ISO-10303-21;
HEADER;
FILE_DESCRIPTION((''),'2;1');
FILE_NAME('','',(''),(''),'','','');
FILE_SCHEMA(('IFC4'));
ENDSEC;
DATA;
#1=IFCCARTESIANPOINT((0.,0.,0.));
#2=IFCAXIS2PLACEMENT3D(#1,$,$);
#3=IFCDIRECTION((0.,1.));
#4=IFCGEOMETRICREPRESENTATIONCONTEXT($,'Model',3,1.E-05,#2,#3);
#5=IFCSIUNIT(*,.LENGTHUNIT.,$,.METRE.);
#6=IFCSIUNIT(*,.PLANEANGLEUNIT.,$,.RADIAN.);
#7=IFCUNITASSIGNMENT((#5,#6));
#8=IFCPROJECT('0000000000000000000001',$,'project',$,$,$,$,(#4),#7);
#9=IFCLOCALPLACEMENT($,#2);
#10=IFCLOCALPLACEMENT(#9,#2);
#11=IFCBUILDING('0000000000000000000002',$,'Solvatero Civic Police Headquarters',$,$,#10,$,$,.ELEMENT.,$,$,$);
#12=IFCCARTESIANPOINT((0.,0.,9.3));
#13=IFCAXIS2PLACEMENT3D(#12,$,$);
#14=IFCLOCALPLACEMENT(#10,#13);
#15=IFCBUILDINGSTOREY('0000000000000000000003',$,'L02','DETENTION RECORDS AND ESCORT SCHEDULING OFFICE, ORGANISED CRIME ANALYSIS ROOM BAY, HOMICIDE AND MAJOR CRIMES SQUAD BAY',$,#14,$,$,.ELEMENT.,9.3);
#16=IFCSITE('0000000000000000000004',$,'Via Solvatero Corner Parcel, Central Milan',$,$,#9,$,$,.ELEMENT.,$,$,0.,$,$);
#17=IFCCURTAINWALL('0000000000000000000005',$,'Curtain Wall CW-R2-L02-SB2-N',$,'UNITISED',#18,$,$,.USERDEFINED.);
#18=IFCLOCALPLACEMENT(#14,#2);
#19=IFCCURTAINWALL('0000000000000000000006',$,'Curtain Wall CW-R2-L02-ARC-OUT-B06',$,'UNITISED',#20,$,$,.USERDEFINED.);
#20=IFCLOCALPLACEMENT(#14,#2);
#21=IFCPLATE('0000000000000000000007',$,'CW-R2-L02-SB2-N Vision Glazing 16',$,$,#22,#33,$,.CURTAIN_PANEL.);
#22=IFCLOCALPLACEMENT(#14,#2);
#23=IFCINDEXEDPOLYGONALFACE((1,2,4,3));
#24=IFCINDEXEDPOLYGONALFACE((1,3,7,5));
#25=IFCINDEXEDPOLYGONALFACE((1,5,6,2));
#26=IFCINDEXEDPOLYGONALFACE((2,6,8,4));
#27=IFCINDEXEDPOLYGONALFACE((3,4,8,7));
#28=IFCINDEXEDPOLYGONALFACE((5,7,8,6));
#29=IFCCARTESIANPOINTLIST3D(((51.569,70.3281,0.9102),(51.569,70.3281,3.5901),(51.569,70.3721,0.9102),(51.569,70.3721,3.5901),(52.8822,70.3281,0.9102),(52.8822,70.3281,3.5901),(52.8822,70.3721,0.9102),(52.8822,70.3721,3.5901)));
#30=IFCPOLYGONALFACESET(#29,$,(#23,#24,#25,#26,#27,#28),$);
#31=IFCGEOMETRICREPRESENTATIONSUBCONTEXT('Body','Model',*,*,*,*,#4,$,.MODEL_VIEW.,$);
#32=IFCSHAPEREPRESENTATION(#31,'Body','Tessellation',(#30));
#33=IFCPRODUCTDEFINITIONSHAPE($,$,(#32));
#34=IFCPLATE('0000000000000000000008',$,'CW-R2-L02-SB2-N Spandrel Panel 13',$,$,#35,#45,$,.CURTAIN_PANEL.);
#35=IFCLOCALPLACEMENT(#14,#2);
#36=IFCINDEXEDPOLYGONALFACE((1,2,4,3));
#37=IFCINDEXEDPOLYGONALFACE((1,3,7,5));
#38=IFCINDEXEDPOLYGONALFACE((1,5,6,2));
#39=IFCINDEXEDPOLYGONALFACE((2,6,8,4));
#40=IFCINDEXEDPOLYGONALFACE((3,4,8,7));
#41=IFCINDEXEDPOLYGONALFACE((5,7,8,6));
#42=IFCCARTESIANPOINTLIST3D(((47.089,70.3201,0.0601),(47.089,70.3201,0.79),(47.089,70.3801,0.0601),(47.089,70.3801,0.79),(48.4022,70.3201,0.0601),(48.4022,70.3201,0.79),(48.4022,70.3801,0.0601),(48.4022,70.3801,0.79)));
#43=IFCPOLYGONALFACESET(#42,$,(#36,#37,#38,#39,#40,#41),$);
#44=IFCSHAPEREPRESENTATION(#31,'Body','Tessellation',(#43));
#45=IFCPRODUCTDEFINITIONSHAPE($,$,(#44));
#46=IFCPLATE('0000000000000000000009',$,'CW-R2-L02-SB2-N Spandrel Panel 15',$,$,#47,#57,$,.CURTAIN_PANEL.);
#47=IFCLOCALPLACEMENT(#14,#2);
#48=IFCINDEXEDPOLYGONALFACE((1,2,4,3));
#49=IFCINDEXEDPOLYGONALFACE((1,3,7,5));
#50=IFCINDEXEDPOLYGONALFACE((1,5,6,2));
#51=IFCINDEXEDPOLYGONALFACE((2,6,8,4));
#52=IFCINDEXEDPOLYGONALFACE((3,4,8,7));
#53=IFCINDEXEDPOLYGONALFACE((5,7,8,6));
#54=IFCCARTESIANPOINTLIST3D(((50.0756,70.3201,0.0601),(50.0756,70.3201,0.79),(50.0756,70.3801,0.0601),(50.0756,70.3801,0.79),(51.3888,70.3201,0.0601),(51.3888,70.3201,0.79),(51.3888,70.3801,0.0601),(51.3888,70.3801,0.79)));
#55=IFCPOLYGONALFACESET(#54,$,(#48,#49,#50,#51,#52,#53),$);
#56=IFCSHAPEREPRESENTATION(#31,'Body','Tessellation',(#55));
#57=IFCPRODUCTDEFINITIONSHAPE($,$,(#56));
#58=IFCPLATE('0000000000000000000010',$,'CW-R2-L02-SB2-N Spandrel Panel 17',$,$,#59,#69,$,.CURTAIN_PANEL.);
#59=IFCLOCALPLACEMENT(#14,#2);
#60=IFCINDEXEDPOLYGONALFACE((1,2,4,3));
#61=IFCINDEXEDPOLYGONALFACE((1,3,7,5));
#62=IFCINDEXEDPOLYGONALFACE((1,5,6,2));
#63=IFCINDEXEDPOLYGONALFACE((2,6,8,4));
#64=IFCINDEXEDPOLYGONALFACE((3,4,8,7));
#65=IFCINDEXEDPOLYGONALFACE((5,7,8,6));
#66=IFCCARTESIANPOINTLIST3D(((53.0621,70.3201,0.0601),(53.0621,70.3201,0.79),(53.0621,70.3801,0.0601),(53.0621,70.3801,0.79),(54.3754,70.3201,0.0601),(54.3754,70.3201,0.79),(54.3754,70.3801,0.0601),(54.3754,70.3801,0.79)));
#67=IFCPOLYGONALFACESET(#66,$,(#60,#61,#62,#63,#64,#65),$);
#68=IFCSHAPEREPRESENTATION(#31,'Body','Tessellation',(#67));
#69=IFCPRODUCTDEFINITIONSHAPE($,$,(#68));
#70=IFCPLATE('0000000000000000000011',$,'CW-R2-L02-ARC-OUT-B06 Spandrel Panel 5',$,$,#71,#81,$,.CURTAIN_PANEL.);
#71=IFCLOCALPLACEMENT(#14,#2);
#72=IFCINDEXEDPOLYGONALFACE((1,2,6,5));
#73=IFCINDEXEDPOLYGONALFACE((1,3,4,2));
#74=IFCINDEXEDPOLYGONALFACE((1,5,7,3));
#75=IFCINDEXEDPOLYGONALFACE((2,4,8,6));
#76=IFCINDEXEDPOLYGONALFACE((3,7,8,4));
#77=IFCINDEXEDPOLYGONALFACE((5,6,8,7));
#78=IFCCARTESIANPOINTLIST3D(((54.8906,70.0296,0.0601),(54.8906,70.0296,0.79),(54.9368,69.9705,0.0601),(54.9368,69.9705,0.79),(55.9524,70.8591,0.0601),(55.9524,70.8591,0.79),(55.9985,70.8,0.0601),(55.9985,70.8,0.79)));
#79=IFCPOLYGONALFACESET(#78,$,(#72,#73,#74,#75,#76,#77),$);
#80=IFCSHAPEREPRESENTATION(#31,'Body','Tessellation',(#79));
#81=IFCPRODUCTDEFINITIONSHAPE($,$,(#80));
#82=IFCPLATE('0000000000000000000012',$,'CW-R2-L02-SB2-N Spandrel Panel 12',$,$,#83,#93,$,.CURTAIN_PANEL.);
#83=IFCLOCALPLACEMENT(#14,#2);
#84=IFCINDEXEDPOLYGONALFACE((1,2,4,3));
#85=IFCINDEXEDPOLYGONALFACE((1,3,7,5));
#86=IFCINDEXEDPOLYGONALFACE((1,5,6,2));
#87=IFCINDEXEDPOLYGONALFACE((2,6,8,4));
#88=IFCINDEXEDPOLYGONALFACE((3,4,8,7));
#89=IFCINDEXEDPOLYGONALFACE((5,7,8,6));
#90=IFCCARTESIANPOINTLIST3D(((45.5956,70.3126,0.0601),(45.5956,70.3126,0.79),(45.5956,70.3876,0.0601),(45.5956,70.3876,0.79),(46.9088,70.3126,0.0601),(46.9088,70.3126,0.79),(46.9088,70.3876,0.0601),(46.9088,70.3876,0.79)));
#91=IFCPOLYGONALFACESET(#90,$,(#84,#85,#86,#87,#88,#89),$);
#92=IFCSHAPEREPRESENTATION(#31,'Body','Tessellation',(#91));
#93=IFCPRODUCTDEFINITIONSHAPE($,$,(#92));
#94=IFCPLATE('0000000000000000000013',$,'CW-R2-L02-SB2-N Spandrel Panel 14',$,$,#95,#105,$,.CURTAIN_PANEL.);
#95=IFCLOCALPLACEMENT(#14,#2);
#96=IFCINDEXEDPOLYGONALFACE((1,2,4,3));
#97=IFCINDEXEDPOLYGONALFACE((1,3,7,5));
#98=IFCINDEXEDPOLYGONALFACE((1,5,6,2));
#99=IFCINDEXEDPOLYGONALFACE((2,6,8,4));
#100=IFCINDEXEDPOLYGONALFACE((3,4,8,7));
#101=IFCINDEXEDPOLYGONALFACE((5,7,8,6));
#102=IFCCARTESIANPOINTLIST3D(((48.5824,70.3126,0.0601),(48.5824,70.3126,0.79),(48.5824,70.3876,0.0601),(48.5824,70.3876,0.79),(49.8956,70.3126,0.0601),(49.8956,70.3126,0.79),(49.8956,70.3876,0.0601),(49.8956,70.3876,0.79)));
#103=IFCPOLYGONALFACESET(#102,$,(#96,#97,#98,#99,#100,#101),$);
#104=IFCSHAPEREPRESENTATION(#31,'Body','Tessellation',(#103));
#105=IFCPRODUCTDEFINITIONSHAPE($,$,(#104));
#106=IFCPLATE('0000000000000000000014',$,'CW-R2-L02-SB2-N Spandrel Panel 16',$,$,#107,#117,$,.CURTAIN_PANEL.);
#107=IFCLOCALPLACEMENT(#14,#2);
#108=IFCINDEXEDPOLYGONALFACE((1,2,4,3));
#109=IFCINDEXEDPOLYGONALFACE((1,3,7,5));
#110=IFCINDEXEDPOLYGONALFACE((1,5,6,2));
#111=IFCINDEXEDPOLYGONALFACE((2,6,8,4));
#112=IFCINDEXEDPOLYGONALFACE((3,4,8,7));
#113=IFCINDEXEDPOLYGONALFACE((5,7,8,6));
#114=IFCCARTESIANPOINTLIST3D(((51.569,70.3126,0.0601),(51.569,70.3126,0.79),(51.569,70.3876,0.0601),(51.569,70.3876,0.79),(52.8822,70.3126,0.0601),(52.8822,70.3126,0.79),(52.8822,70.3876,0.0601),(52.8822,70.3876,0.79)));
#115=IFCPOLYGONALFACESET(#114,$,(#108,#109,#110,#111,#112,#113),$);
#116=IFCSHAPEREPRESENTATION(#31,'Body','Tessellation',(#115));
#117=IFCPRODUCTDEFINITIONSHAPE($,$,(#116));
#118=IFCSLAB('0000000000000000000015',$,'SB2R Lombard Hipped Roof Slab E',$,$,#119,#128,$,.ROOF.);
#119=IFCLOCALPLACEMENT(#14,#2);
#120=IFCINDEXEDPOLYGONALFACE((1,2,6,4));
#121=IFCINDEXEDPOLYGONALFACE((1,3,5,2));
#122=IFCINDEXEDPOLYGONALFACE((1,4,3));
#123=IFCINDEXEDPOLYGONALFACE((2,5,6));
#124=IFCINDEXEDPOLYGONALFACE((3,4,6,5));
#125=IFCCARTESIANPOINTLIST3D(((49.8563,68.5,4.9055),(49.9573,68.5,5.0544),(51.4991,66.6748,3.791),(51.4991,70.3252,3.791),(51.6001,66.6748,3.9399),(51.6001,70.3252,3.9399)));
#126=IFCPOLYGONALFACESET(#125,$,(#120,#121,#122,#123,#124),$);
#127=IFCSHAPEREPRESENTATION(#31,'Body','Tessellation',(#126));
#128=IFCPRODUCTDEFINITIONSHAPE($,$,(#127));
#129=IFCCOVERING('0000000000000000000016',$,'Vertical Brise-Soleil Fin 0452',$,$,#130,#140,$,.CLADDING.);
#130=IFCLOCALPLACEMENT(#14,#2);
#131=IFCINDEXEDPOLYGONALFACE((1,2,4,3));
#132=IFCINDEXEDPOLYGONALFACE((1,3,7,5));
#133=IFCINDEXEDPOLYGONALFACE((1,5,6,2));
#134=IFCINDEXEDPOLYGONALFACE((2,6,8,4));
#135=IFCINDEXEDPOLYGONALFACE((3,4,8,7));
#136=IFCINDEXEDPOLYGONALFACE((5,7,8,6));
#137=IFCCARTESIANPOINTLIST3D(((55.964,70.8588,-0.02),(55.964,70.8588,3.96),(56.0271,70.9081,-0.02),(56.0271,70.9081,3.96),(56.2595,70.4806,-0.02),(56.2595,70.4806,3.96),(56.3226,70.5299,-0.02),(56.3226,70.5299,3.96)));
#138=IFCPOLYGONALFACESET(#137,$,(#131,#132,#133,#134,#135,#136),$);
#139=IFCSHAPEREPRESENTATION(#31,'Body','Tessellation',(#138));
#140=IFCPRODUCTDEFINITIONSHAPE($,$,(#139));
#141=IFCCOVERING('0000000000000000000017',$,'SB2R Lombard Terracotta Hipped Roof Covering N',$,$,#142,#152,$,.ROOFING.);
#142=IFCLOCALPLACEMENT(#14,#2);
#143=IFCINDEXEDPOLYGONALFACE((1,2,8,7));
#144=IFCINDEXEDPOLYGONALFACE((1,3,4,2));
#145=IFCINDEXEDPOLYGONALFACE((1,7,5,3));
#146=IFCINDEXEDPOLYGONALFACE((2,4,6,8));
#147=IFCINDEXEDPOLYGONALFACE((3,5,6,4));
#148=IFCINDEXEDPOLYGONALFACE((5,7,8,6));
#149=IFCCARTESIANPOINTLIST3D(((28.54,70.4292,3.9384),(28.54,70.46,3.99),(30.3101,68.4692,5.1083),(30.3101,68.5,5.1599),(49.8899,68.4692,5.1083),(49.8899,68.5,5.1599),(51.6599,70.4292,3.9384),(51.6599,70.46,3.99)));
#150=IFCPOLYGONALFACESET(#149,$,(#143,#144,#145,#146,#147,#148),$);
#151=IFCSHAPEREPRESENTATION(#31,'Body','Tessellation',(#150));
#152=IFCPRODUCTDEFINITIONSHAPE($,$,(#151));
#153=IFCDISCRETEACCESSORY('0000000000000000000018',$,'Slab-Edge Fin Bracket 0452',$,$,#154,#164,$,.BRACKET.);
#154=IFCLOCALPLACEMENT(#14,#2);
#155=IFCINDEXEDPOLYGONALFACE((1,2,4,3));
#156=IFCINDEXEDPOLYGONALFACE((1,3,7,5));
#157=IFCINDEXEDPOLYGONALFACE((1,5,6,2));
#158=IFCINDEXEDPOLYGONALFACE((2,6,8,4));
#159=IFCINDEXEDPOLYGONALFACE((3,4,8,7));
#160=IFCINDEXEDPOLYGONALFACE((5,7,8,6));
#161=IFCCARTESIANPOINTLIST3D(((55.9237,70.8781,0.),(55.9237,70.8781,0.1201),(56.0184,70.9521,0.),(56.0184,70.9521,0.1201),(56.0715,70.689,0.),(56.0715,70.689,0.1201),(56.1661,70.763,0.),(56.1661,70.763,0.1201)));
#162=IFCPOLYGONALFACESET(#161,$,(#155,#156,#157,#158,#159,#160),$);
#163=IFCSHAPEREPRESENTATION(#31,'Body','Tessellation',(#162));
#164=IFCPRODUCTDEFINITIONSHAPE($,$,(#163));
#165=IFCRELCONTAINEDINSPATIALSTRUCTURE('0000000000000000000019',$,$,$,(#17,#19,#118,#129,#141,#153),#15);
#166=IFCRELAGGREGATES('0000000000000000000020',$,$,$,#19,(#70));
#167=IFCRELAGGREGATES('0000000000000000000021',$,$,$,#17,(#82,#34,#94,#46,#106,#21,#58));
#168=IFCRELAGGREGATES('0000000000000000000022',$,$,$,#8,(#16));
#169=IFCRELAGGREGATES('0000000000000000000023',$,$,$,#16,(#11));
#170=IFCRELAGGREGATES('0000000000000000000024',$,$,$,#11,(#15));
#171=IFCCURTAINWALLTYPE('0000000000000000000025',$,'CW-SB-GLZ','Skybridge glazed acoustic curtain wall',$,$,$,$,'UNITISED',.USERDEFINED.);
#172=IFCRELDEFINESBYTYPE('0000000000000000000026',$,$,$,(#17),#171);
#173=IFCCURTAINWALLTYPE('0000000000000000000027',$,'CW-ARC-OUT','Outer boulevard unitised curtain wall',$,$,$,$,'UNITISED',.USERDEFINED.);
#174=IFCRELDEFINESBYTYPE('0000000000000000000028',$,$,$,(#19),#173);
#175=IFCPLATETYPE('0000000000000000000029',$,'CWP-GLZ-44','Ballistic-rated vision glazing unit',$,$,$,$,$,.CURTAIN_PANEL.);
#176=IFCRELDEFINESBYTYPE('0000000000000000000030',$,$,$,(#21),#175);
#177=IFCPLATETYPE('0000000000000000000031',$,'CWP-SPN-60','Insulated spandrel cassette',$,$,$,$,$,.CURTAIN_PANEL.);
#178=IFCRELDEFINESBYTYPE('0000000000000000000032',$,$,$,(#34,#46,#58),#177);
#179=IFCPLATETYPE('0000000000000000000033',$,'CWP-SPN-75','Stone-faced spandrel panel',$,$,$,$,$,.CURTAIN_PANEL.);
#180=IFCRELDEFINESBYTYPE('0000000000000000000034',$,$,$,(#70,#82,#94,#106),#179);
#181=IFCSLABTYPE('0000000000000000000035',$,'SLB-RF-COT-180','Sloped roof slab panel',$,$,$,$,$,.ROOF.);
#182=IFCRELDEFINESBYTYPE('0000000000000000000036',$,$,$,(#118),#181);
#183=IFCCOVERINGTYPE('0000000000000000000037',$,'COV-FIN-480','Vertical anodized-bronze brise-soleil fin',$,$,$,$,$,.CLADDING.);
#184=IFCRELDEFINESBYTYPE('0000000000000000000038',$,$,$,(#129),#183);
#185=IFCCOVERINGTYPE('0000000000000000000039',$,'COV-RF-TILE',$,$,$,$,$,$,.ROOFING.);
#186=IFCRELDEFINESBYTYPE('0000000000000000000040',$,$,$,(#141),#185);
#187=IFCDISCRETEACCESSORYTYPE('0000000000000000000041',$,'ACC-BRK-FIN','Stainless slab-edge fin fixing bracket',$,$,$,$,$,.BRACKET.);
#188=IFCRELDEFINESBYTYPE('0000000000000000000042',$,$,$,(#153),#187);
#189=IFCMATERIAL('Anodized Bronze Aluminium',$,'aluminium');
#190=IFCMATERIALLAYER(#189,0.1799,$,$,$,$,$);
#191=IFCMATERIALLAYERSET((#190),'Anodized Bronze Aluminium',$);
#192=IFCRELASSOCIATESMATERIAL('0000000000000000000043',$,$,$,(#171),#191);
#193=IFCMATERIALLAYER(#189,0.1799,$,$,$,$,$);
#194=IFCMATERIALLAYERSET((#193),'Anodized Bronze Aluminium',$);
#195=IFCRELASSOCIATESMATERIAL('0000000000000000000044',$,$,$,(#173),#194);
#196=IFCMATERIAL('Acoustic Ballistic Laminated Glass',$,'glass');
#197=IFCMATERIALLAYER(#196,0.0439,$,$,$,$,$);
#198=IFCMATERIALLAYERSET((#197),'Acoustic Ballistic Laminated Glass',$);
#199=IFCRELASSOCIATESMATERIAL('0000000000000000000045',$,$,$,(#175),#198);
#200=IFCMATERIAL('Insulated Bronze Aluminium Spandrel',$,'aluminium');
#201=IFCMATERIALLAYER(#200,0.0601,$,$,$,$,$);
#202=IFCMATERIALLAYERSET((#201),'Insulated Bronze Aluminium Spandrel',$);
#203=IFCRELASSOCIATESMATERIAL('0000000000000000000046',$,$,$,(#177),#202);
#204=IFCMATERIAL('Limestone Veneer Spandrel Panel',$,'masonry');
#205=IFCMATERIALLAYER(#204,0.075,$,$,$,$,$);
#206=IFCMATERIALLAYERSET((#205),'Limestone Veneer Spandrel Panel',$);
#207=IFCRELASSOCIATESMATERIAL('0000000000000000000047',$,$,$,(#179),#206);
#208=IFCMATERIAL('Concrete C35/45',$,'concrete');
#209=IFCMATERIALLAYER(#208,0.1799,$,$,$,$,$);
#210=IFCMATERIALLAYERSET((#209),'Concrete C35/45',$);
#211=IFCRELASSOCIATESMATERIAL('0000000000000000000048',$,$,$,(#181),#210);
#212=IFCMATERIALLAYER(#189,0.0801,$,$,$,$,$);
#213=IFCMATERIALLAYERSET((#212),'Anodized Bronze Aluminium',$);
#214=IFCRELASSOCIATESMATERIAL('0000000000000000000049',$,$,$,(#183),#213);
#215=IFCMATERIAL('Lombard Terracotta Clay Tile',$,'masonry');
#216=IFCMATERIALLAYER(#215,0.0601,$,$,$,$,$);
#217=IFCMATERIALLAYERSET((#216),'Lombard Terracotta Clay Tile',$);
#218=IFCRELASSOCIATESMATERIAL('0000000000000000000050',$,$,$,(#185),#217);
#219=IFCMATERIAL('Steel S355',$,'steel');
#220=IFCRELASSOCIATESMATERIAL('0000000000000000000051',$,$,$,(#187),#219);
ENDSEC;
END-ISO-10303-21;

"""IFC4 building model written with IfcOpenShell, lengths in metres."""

from ifc_helpers import new_model, si_unit, direction, frame, origin, origin_2d, place, context, subcontext, project, spatial, polyline, rectangle, outline, extrude, material, layer, layer_set, type_object, element, aggregate, save


model = new_model("IFC4")

# Units and contexts
model_context = context("Model", 3, precision=1e-05, world=origin(), true_north=direction((0.0, 1.0)))
body_context = subcontext(model_context, "Body", "Model", "MODEL_VIEW")
ifc_project = project(units=[si_unit("LENGTHUNIT", "METRE"), si_unit("PLANEANGLEUNIT", "RADIAN")], contexts=[model_context])

# Site, building, storey
site_placement = place(None, origin())
site = spatial("IfcSite", under=ifc_project, at=site_placement, Name="Via Solvatero Corner Parcel, Central Milan", CompositionType="ELEMENT", RefElevation=0.0)
building_placement = place(site_placement, origin())
building = spatial("IfcBuilding", under=site, at=building_placement, Name="Solvatero Civic Police Headquarters", CompositionType="ELEMENT")
storey_placement = place(building_placement, frame((0.0, 0.0, 9.3)))
storey = spatial("IfcBuildingStorey", under=building, at=storey_placement, Name="L02", Description="DETENTION RECORDS AND ESCORT SCHEDULING OFFICE, ORGANISED CRIME ANALYSIS ROOM BAY, HOMICIDE AND MAJOR CRIMES SQUAD BAY", CompositionType="ELEMENT", Elevation=9.3)

# Curtain wall
ifc_material_1 = material(Name="Anodized Bronze Aluminium", Category="aluminium")
ifc_layer_1 = layer(ifc_material_1, 0.1799)
ifc_layer_set_1 = layer_set([ifc_layer_1], Name="Anodized Bronze Aluminium")
curtain_wall_type_1 = type_object("IfcCurtainWallType", Name="CW-SB-GLZ", Description="Skybridge glazed acoustic curtain wall", ElementType="UNITISED", PredefinedType="USERDEFINED", material=ifc_layer_set_1)
curtain_wall_1_placement = place(storey_placement, origin())
curtain_wall_1 = element("IfcCurtainWall", 1, at=curtain_wall_1_placement, inside=storey, type_object=curtain_wall_type_1, Name="Curtain Wall CW-R2-L02-SB2-N", ObjectType="UNITISED", PredefinedType="USERDEFINED")

# Curtain wall
ifc_layer_2 = layer(ifc_material_1, 0.1799)
ifc_layer_set_2 = layer_set([ifc_layer_2], Name="Anodized Bronze Aluminium")
curtain_wall_type_2 = type_object("IfcCurtainWallType", Name="CW-ARC-OUT", Description="Outer boulevard unitised curtain wall", ElementType="UNITISED", PredefinedType="USERDEFINED", material=ifc_layer_set_2)
curtain_wall_2_placement = place(storey_placement, origin())
curtain_wall_2 = element("IfcCurtainWall", 2, at=curtain_wall_2_placement, inside=storey, type_object=curtain_wall_type_2, Name="Curtain Wall CW-R2-L02-ARC-OUT-B06", ObjectType="UNITISED", PredefinedType="USERDEFINED")

# Plates
ifc_material_2 = material(Name="Acoustic Ballistic Laminated Glass", Category="glass")
ifc_layer_3 = layer(ifc_material_2, 0.0439)
ifc_layer_set_3 = layer_set([ifc_layer_3], Name="Acoustic Ballistic Laminated Glass")
plate_type_1 = type_object("IfcPlateType", Name="CWP-GLZ-44", Description="Ballistic-rated vision glazing unit", PredefinedType="CURTAIN_PANEL", material=ifc_layer_set_3)
plate_1_placement = place(storey_placement, frame((52.2256, 70.3501, 0.9102), z_axis=(0.0, 0.0, 1.0), x_axis=(1.0, 0.0, 0.0)))
plate_1 = element("IfcPlate", 3, at=plate_1_placement, type_object=plate_type_1, Name="CW-R2-L02-SB2-N Vision Glazing 16", PredefinedType="CURTAIN_PANEL", context=body_context, shape_type="SweptSolid", body=[
    extrude(rectangle(XDim=1.3132, YDim=0.0439, at=origin_2d()), origin(), (0.0, 0.0, 1.0), 2.6799),
])
ifc_material_3 = material(Name="Insulated Bronze Aluminium Spandrel", Category="aluminium")
ifc_layer_4 = layer(ifc_material_3, 0.0601)
ifc_layer_set_4 = layer_set([ifc_layer_4], Name="Insulated Bronze Aluminium Spandrel")
plate_type_2 = type_object("IfcPlateType", Name="CWP-SPN-60", Description="Insulated spandrel cassette", PredefinedType="CURTAIN_PANEL", material=ifc_layer_set_4)
plate_2_placement = place(storey_placement, frame((47.7456, 70.3501, 0.0601), z_axis=(0.0, 0.0, 1.0), x_axis=(1.0, 0.0, 0.0)))
plate_2 = element("IfcPlate", 4, at=plate_2_placement, type_object=plate_type_2, Name="CW-R2-L02-SB2-N Spandrel Panel 13", PredefinedType="CURTAIN_PANEL", context=body_context, shape_type="SweptSolid", body=[
    extrude(rectangle(XDim=1.3132, YDim=0.0601, at=origin_2d()), origin(), (0.0, 0.0, 1.0), 0.73),
])
plate_3_placement = place(storey_placement, frame((50.7322, 70.3501, 0.0601), z_axis=(0.0, 0.0, 1.0), x_axis=(1.0, 0.0, 0.0)))
plate_3 = element("IfcPlate", 5, at=plate_3_placement, type_object=plate_type_2, Name="CW-R2-L02-SB2-N Spandrel Panel 15", PredefinedType="CURTAIN_PANEL", context=body_context, shape_type="SweptSolid", body=[
    extrude(rectangle(XDim=1.3132, YDim=0.0601, at=origin_2d()), origin(), (0.0, 0.0, 1.0), 0.73),
])
plate_4_placement = place(storey_placement, frame((53.7188, 70.3501, 0.0601), z_axis=(0.0, 0.0, 1.0), x_axis=(1.0, 0.0, 0.0)))
plate_4 = element("IfcPlate", 6, at=plate_4_placement, type_object=plate_type_2, Name="CW-R2-L02-SB2-N Spandrel Panel 17", PredefinedType="CURTAIN_PANEL", context=body_context, shape_type="SweptSolid", body=[
    extrude(rectangle(XDim=1.3132, YDim=0.0601, at=origin_2d()), origin(), (0.0, 0.0, 1.0), 0.73),
])
ifc_material_4 = material(Name="Limestone Veneer Spandrel Panel", Category="masonry")
ifc_layer_5 = layer(ifc_material_4, 0.075)
ifc_layer_set_5 = layer_set([ifc_layer_5], Name="Limestone Veneer Spandrel Panel")
plate_type_3 = type_object("IfcPlateType", Name="CWP-SPN-75", Description="Stone-faced spandrel panel", PredefinedType="CURTAIN_PANEL", material=ifc_layer_set_5)
plate_5_placement = place(storey_placement, frame((55.4446, 70.4148, 0.0601), z_axis=(0.0, 0.0, 1.0), x_axis=(-0.788021, -0.615648, 0.0)))
plate_5 = element("IfcPlate", 7, at=plate_5_placement, type_object=plate_type_3, Name="CW-R2-L02-ARC-OUT-B06 Spandrel Panel 5", PredefinedType="CURTAIN_PANEL", context=body_context, shape_type="SweptSolid", body=[
    extrude(rectangle(XDim=1.3474, YDim=0.075, at=origin_2d()), origin(), (0.0, 0.0, 1.0), 0.73),
])
aggregate(curtain_wall_2, [plate_5])
plate_6_placement = place(storey_placement, frame((46.2522, 70.3501, 0.0601), z_axis=(0.0, 0.0, 1.0), x_axis=(1.0, 0.0, 0.0)))
plate_6 = element("IfcPlate", 8, at=plate_6_placement, type_object=plate_type_3, Name="CW-R2-L02-SB2-N Spandrel Panel 12", PredefinedType="CURTAIN_PANEL", context=body_context, shape_type="SweptSolid", body=[
    extrude(rectangle(XDim=1.3132, YDim=0.075, at=origin_2d()), origin(), (0.0, 0.0, 1.0), 0.73),
])
plate_7_placement = place(storey_placement, frame((49.239, 70.3501, 0.0601), z_axis=(0.0, 0.0, 1.0), x_axis=(1.0, 0.0, 0.0)))
plate_7 = element("IfcPlate", 9, at=plate_7_placement, type_object=plate_type_3, Name="CW-R2-L02-SB2-N Spandrel Panel 14", PredefinedType="CURTAIN_PANEL", context=body_context, shape_type="SweptSolid", body=[
    extrude(rectangle(XDim=1.3132, YDim=0.075, at=origin_2d()), origin(), (0.0, 0.0, 1.0), 0.73),
])
plate_8_placement = place(storey_placement, frame((52.2256, 70.3501, 0.0601), z_axis=(0.0, 0.0, 1.0), x_axis=(1.0, 0.0, 0.0)))
plate_8 = element("IfcPlate", 10, at=plate_8_placement, type_object=plate_type_3, Name="CW-R2-L02-SB2-N Spandrel Panel 16", PredefinedType="CURTAIN_PANEL", context=body_context, shape_type="SweptSolid", body=[
    extrude(rectangle(XDim=1.3132, YDim=0.075, at=origin_2d()), origin(), (0.0, 0.0, 1.0), 0.73),
])
aggregate(curtain_wall_1, [plate_6, plate_2, plate_7, plate_3, plate_8, plate_1, plate_4])

# Slab
ifc_material_5 = material(Name="Concrete C35/45", Category="concrete")
ifc_layer_6 = layer(ifc_material_5, 0.1799)
ifc_layer_set_6 = layer_set([ifc_layer_6], Name="Concrete C35/45")
slab_type = type_object("IfcSlabType", Name="SLB-RF-COT-180", Description="Sloped roof slab panel", PredefinedType="ROOF", material=ifc_layer_set_6)
slab_placement = place(storey_placement, frame((51.6001, 70.3252, 3.9399), z_axis=(0.561408, 0.0, 0.827539), x_axis=(0.0, -1.0, 0.0)))
element("IfcSlab", 11, at=slab_placement, inside=storey, type_object=slab_type, Name="SB2R Lombard Hipped Roof Slab E", PredefinedType="ROOF", context=body_context, shape_type="SweptSolid", body=[
    extrude(outline(polyline([(0.0, 0.0), (3.6504, 0.0), (1.8252, -1.9852), (0.0, 0.0)])), origin(), (0.0, 0.0, -1.0), 0.1799),
])

# Coverings
ifc_layer_7 = layer(ifc_material_1, 0.0801)
ifc_layer_set_7 = layer_set([ifc_layer_7], Name="Anodized Bronze Aluminium")
covering_type_1 = type_object("IfcCoveringType", Name="COV-FIN-480", Description="Vertical anodized-bronze brise-soleil fin", PredefinedType="CLADDING", material=ifc_layer_set_7)
covering_1_placement = place(storey_placement, frame((56.1433, 70.6943, -0.02), z_axis=(0.0, 0.0, 1.0), x_axis=(-0.788021, -0.615648, 0.0)))
element("IfcCovering", 12, at=covering_1_placement, inside=storey, type_object=covering_type_1, Name="Vertical Brise-Soleil Fin 0452", PredefinedType="CLADDING", context=body_context, shape_type="SweptSolid", body=[
    extrude(rectangle(XDim=0.0801, YDim=0.48, at=origin_2d()), origin(), (0.0, 0.0, 1.0), 3.98),
])
ifc_material_6 = material(Name="Lombard Terracotta Clay Tile", Category="masonry")
ifc_layer_8 = layer(ifc_material_6, 0.0601)
ifc_layer_set_8 = layer_set([ifc_layer_8], Name="Lombard Terracotta Clay Tile")
covering_type_2 = type_object("IfcCoveringType", Name="COV-RF-TILE", PredefinedType="ROOFING", material=ifc_layer_set_8)
covering_2_placement = place(storey_placement, frame((51.6599, 70.46, 3.99), z_axis=(0.0, 0.512544, 0.858661), x_axis=(-1.0, 0.0, 0.0)))
element("IfcCovering", 13, at=covering_2_placement, inside=storey, type_object=covering_type_2, Name="SB2R Lombard Terracotta Hipped Roof Covering N", PredefinedType="ROOFING", context=body_context, shape_type="SweptSolid", body=[
    extrude(outline(polyline([(0.0, 0.0), (23.1199, 0.0), (21.3499, 2.2826), (1.77, 2.2826), (0.0, 0.0)])), origin(), (0.0, 0.0, -1.0), 0.0601),
])

# Discrete accessory
ifc_material_7 = material(Name="Steel S355", Category="steel")
discrete_accessory_type = type_object("IfcDiscreteAccessoryType", Name="ACC-BRK-FIN", Description="Stainless slab-edge fin fixing bracket", PredefinedType="BRACKET", material=ifc_material_7)
discrete_accessory_placement = place(storey_placement, frame((56.0449, 70.8206, 0.0), z_axis=(0.0, 0.0, 1.0), x_axis=(-0.788021, -0.615648, 0.0)))
element("IfcDiscreteAccessory", 14, at=discrete_accessory_placement, inside=storey, type_object=discrete_accessory_type, Name="Slab-Edge Fin Bracket 0452", PredefinedType="BRACKET", context=body_context, shape_type="SweptSolid", body=[
    extrude(rectangle(XDim=0.1201, YDim=0.24, at=origin_2d()), origin(), (0.0, 0.0, 1.0), 0.1201),
])

save(model, "model.ifc")
